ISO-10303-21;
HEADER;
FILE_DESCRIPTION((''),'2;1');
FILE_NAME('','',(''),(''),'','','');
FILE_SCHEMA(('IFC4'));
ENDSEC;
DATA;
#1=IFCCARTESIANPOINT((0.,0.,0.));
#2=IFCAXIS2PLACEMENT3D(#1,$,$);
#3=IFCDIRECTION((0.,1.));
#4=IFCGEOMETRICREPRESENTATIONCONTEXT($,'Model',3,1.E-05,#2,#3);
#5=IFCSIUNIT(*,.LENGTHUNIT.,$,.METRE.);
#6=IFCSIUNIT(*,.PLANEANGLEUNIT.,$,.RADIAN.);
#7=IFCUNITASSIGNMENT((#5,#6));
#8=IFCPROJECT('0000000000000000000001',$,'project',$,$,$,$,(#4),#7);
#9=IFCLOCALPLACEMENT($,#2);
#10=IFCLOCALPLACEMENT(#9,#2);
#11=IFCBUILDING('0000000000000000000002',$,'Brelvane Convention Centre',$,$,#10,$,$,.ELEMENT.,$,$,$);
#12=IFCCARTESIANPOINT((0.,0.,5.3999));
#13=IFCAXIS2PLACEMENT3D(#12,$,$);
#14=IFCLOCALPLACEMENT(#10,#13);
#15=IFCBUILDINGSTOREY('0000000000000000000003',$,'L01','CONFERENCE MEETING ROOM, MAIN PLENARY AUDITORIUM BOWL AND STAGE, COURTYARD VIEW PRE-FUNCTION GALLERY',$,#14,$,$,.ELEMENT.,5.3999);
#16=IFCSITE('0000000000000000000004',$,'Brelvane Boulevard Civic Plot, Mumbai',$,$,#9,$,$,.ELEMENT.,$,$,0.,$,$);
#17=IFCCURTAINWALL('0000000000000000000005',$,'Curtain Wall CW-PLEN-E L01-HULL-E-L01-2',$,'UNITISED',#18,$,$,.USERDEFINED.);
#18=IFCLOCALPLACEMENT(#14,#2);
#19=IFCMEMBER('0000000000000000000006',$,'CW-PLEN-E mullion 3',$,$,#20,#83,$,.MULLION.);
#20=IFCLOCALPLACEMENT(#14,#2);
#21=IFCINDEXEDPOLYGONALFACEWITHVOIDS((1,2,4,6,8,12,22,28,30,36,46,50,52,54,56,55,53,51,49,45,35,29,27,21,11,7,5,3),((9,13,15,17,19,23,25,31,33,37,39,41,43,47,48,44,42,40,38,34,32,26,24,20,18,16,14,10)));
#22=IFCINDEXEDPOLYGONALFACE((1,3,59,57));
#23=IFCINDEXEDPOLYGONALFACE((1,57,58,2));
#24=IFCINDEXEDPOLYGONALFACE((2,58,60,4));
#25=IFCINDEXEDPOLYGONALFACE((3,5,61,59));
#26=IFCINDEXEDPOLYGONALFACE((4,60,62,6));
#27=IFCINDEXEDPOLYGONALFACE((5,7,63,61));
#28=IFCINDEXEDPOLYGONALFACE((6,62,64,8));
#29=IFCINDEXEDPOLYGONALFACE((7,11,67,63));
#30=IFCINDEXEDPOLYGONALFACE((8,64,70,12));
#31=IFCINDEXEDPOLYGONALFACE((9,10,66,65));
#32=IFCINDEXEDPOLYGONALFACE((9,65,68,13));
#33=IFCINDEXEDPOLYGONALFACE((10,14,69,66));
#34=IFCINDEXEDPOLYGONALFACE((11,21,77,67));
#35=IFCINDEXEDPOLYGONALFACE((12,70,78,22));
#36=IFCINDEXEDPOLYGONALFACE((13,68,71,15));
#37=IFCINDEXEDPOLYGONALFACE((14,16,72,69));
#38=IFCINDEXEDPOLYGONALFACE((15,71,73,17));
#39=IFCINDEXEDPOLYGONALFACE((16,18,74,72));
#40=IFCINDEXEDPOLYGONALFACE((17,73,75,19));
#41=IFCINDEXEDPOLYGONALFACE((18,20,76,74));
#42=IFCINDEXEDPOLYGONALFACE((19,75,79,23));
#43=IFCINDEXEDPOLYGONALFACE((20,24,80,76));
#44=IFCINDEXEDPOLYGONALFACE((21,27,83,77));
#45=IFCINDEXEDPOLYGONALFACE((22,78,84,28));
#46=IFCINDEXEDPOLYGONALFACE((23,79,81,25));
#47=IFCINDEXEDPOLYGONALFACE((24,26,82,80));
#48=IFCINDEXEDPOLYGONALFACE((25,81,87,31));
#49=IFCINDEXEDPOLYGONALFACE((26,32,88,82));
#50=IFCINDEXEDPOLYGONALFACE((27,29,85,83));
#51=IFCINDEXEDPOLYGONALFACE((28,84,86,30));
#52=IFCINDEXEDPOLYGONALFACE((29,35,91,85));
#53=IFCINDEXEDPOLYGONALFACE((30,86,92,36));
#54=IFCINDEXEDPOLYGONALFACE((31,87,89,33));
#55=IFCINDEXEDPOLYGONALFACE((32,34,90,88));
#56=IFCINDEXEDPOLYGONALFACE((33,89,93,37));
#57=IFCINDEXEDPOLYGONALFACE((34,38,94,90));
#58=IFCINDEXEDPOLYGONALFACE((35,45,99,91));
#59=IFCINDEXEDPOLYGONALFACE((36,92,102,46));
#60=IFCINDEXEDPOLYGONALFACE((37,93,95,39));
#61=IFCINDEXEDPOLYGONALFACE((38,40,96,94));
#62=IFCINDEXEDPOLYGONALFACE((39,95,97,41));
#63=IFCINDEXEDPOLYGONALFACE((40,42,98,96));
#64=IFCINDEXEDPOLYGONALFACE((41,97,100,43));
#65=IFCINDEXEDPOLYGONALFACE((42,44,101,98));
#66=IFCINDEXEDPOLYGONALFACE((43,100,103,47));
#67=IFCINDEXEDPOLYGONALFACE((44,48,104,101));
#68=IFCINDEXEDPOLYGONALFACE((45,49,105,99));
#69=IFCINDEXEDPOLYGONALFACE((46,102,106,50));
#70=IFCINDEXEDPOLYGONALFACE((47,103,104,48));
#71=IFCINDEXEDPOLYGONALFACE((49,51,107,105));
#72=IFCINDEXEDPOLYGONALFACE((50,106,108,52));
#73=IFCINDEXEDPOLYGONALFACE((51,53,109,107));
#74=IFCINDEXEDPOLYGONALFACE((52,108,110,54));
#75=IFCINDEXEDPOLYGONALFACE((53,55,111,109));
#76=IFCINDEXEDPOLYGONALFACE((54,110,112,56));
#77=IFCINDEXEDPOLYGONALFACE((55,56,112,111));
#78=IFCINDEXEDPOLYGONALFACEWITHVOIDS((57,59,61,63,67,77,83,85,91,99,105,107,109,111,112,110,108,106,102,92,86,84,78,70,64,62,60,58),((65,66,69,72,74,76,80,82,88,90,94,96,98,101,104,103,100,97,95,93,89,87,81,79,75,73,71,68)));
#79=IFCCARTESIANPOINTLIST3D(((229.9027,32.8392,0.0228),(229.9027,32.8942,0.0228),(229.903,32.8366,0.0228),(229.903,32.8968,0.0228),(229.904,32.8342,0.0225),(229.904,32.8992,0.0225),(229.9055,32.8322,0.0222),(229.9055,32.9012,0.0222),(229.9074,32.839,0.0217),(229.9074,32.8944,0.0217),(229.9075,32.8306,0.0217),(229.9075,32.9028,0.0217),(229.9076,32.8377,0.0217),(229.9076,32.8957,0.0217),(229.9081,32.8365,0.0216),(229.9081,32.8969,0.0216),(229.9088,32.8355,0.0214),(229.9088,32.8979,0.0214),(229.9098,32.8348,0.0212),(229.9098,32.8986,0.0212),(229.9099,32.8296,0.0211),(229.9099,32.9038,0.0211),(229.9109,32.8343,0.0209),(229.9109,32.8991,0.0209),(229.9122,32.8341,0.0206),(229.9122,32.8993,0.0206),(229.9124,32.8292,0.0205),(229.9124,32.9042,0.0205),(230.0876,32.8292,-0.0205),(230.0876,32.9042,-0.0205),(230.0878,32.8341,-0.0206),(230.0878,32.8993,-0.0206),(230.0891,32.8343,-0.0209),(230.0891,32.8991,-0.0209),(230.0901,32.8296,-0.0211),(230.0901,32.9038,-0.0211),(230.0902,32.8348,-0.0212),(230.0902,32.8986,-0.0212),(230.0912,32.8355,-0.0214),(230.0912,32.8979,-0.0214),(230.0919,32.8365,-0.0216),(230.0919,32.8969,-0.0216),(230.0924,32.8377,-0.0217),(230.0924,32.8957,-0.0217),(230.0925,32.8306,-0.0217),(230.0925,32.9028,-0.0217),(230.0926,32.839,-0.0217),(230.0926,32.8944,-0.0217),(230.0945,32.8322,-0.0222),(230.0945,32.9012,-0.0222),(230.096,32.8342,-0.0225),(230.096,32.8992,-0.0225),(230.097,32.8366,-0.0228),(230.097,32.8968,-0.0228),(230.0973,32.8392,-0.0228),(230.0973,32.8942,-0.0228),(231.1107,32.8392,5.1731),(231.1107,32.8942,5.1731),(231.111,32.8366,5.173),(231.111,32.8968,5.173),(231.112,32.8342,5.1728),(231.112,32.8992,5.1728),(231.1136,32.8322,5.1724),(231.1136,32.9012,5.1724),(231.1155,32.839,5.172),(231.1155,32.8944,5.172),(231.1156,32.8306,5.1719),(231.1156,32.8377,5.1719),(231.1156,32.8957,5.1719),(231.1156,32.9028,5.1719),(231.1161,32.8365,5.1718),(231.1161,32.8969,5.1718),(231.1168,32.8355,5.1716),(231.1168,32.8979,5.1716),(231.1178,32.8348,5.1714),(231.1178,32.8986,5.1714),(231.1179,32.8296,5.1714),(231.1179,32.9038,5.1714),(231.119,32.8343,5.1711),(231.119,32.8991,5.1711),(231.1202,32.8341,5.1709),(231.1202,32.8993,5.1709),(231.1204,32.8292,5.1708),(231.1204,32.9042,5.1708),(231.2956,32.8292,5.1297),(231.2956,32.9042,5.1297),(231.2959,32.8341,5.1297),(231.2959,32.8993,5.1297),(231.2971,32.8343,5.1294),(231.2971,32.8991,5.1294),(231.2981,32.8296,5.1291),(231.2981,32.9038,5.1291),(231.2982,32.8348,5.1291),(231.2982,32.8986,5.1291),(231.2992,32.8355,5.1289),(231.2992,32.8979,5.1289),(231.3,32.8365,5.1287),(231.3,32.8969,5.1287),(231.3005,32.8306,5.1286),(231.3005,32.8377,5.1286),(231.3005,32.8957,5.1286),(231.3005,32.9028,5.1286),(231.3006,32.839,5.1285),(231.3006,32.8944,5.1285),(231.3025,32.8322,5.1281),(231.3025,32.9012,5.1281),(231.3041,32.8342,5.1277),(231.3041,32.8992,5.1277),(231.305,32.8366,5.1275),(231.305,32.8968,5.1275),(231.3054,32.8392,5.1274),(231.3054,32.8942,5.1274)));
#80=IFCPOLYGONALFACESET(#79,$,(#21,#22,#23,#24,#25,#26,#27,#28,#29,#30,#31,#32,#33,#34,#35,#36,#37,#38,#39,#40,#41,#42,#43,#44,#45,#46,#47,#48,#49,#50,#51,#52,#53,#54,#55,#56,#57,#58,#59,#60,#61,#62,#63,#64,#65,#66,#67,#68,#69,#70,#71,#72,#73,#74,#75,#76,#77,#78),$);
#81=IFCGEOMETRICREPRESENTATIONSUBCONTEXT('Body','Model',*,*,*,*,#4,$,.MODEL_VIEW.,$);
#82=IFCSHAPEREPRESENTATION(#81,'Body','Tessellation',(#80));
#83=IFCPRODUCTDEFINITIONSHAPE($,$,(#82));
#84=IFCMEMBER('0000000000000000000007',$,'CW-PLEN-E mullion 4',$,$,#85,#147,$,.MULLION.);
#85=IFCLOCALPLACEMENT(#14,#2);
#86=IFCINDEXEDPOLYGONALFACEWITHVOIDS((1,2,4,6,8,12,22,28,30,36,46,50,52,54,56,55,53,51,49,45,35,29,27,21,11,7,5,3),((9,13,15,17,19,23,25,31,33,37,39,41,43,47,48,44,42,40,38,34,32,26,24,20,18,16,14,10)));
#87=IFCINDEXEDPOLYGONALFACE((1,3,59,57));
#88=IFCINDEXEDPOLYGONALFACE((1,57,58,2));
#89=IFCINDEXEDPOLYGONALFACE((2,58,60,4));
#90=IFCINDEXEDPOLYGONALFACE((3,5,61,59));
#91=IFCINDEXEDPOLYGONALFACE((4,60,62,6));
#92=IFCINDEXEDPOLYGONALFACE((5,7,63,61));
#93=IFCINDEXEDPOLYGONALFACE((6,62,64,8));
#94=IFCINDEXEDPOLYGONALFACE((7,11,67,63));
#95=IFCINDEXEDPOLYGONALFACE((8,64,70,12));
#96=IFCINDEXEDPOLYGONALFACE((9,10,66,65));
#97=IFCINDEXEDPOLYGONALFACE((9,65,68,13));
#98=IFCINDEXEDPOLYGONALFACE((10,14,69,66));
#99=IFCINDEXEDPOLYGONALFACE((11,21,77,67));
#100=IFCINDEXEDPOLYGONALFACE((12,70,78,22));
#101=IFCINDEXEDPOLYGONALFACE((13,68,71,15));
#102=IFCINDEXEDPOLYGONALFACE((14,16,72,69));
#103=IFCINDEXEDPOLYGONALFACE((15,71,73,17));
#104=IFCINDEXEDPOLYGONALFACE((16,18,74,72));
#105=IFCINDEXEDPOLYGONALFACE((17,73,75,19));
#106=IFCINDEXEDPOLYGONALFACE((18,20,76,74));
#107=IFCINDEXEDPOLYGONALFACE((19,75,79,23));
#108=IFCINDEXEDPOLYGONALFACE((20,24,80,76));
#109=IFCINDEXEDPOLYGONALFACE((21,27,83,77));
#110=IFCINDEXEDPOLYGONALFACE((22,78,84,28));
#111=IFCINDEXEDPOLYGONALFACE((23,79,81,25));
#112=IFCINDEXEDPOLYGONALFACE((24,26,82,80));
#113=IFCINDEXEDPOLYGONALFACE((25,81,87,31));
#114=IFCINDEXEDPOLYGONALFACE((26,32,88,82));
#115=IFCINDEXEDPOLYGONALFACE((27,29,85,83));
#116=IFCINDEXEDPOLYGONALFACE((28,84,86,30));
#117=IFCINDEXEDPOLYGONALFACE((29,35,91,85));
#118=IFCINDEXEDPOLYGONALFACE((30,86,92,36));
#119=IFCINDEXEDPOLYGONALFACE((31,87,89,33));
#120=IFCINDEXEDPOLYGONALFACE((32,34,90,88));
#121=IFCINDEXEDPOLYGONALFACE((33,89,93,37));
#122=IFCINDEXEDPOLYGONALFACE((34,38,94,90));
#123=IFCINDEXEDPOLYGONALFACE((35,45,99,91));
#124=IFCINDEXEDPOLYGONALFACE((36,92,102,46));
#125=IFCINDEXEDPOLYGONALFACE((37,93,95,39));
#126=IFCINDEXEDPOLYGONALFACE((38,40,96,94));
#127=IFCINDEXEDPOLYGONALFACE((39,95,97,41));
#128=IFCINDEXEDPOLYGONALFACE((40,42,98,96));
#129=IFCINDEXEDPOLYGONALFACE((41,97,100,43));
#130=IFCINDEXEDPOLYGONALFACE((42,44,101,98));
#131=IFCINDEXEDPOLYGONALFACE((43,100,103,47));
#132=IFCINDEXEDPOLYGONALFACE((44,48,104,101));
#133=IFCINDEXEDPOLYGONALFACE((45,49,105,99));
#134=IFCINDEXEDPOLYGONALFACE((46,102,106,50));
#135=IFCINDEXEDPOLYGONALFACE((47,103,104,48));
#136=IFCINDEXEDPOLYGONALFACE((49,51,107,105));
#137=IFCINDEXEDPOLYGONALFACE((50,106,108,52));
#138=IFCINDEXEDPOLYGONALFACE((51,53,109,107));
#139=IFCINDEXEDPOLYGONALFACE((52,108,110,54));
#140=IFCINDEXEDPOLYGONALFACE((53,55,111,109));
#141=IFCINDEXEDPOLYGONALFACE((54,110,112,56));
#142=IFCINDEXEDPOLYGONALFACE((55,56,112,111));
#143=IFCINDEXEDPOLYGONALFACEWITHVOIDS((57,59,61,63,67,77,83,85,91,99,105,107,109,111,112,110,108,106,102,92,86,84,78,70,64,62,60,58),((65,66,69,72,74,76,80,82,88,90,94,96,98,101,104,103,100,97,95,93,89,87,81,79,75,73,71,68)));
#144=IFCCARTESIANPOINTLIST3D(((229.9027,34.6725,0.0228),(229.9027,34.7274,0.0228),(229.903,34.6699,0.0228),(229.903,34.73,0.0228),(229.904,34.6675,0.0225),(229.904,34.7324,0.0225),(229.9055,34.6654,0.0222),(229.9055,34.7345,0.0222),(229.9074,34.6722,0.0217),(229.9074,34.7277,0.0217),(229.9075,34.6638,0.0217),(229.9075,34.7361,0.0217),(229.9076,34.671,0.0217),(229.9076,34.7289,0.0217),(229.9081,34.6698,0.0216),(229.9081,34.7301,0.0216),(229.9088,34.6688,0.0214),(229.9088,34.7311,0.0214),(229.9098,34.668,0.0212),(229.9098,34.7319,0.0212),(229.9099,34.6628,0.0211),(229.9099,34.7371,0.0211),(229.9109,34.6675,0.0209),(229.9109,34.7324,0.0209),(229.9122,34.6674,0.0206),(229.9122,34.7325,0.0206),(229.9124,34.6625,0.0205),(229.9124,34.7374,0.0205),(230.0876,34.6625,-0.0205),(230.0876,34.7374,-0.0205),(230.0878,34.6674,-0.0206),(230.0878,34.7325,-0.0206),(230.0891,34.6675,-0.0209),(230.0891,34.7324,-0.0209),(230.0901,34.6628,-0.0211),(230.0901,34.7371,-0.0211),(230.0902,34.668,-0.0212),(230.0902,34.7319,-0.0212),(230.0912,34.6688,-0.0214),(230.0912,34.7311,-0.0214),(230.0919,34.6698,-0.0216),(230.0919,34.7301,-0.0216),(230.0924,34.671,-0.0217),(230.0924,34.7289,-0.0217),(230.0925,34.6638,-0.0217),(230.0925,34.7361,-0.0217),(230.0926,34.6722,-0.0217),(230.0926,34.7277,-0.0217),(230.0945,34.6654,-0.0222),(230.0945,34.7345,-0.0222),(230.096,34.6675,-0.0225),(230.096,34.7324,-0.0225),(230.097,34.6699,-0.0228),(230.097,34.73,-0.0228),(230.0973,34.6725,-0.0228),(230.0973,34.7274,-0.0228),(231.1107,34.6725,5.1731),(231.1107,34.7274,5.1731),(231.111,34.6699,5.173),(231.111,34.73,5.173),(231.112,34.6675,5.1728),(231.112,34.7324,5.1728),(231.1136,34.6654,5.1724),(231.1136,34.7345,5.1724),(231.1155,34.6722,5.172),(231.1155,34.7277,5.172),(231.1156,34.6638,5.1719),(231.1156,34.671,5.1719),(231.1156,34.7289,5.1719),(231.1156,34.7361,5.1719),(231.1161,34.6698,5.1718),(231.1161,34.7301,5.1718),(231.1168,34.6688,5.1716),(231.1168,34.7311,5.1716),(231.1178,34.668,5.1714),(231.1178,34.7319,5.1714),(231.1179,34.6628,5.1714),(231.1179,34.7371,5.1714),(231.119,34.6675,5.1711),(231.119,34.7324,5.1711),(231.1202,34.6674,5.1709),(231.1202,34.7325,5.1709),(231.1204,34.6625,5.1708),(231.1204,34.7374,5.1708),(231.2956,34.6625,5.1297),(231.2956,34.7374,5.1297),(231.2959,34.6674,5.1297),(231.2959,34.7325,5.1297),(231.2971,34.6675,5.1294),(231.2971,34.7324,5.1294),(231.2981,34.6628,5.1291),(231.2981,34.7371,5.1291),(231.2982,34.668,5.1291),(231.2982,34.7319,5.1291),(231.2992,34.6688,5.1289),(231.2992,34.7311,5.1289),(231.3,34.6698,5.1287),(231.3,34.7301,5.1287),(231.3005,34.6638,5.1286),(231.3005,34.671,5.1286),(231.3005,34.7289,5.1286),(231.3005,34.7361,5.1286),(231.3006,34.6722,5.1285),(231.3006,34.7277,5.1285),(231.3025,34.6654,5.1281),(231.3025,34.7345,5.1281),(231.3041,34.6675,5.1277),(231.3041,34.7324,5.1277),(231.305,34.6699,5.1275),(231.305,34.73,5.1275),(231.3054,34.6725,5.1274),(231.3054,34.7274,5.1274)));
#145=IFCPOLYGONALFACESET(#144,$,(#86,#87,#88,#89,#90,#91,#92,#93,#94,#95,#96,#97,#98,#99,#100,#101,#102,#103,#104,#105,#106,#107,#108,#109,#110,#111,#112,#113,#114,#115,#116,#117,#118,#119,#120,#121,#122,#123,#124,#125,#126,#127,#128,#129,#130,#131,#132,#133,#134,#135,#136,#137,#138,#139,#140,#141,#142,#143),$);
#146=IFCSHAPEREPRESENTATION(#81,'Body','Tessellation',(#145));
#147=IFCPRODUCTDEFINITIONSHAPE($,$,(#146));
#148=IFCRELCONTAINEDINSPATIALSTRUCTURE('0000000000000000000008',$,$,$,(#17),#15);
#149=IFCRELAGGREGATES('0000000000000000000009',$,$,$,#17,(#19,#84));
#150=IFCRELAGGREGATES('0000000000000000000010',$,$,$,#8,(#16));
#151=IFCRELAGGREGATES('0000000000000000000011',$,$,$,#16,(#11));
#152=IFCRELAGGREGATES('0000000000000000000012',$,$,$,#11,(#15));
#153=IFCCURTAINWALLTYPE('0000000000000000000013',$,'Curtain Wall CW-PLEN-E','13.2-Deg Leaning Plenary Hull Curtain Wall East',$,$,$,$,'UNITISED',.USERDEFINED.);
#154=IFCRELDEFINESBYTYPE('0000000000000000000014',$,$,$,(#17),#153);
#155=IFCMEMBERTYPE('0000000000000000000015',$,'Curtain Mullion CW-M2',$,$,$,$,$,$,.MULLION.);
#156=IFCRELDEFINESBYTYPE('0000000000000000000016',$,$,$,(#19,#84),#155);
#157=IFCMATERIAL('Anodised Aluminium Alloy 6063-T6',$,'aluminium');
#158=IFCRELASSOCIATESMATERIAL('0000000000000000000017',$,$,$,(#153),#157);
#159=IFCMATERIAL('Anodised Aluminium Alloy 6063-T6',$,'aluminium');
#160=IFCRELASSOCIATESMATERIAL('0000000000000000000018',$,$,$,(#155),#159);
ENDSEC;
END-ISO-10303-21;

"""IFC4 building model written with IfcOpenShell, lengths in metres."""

from ifc_helpers import new_model, si_unit, direction, frame, origin, origin_2d, place, context, subcontext, project, spatial, hollow_rectangle, extrude, material, material_profile, profile_set, type_object, element, aggregate, save


model = new_model("IFC4")

# Units and contexts
model_context = context("Model", 3, precision=1e-05, world=origin(), true_north=direction((0.0, 1.0)))
body_context = subcontext(model_context, "Body", "Model", "MODEL_VIEW")
ifc_project = project(units=[si_unit("LENGTHUNIT", "METRE"), si_unit("PLANEANGLEUNIT", "RADIAN")], contexts=[model_context])

# Site, building, storey
site_placement = place(None, origin())
site = spatial("IfcSite", under=ifc_project, at=site_placement, Name="Brelvane Boulevard Civic Plot, Mumbai", CompositionType="ELEMENT", RefElevation=0.0)
building_placement = place(site_placement, origin())
building = spatial("IfcBuilding", under=site, at=building_placement, Name="Brelvane Convention Centre", CompositionType="ELEMENT")
storey_placement = place(building_placement, frame((0.0, 0.0, 5.3999)))
storey = spatial("IfcBuildingStorey", under=building, at=storey_placement, Name="L01", Description="CONFERENCE MEETING ROOM, MAIN PLENARY AUDITORIUM BOWL AND STAGE, COURTYARD VIEW PRE-FUNCTION GALLERY", CompositionType="ELEMENT", Elevation=5.3999)

# Shared definitions
ifc_material_1 = material(Name="Anodised Aluminium Alloy 6063-T6", Category="aluminium")
curtain_wall_type = type_object("IfcCurtainWallType", Name="Curtain Wall CW-PLEN-E", Description="13.2-Deg Leaning Plenary Hull Curtain Wall East", ElementType="UNITISED", PredefinedType="USERDEFINED", material=ifc_material_1)
ifc_material_2 = material(Name="Anodised Aluminium Alloy 6063-T6", Category="aluminium")
ifc_material_profile_1 = material_profile(ifc_material_2, hollow_rectangle(XDim=0.075, YDim=0.2, WallThickness=0.0049, InnerFilletRadius=0.0049, OuterFilletRadius=0.01, at=origin_2d()), Name="ALU-M 200x75x5.0")
ifc_profile_set_1 = profile_set([ifc_material_profile_1], Name="Anodised Aluminium Alloy 6063-T6")
member_type_1 = type_object("IfcMemberType", Name="Curtain Mullion CW-M2", PredefinedType="MULLION", material=ifc_profile_set_1)

# Curtain wall, members
curtain_wall_1_placement = place(storey_placement, origin())
curtain_wall_1 = element("IfcCurtainWall", 1, at=curtain_wall_1_placement, inside=storey, type_object=curtain_wall_type, Name="Curtain Wall CW-PLEN-E L01-HULL-E-L01-2", ObjectType="UNITISED", PredefinedType="USERDEFINED")
member_1_placement = place(storey_placement, frame((230.0, 32.8667, 0.0), z_axis=(0.22836, 0.0, 0.973577), x_axis=(0.0, 1.0, 0.0)))
member_1 = element("IfcMember", 2, at=member_1_placement, type_object=member_type_1, Name="CW-PLEN-E mullion 3", PredefinedType="MULLION", context=body_context, shape_type="SweptSolid", body=[
    extrude(hollow_rectangle(XDim=0.075, YDim=0.2, WallThickness=0.0049, InnerFilletRadius=0.0049, OuterFilletRadius=0.01, at=origin_2d()), origin(), (0.0, 0.0, 1.0), 5.29),
])
member_2_placement = place(storey_placement, frame((230.0, 34.7, 0.0), z_axis=(0.22836, 0.0, 0.973577), x_axis=(0.0, 1.0, 0.0)))
member_2 = element("IfcMember", 3, at=member_2_placement, type_object=member_type_1, Name="CW-PLEN-E mullion 4", PredefinedType="MULLION", context=body_context, shape_type="SweptSolid", body=[
    extrude(hollow_rectangle(XDim=0.075, YDim=0.2, WallThickness=0.0049, InnerFilletRadius=0.0049, OuterFilletRadius=0.01, at=origin_2d()), origin(), (0.0, 0.0, 1.0), 5.29),
])

aggregate(curtain_wall_1, [member_1, member_2])

save(model, "model.ifc")
